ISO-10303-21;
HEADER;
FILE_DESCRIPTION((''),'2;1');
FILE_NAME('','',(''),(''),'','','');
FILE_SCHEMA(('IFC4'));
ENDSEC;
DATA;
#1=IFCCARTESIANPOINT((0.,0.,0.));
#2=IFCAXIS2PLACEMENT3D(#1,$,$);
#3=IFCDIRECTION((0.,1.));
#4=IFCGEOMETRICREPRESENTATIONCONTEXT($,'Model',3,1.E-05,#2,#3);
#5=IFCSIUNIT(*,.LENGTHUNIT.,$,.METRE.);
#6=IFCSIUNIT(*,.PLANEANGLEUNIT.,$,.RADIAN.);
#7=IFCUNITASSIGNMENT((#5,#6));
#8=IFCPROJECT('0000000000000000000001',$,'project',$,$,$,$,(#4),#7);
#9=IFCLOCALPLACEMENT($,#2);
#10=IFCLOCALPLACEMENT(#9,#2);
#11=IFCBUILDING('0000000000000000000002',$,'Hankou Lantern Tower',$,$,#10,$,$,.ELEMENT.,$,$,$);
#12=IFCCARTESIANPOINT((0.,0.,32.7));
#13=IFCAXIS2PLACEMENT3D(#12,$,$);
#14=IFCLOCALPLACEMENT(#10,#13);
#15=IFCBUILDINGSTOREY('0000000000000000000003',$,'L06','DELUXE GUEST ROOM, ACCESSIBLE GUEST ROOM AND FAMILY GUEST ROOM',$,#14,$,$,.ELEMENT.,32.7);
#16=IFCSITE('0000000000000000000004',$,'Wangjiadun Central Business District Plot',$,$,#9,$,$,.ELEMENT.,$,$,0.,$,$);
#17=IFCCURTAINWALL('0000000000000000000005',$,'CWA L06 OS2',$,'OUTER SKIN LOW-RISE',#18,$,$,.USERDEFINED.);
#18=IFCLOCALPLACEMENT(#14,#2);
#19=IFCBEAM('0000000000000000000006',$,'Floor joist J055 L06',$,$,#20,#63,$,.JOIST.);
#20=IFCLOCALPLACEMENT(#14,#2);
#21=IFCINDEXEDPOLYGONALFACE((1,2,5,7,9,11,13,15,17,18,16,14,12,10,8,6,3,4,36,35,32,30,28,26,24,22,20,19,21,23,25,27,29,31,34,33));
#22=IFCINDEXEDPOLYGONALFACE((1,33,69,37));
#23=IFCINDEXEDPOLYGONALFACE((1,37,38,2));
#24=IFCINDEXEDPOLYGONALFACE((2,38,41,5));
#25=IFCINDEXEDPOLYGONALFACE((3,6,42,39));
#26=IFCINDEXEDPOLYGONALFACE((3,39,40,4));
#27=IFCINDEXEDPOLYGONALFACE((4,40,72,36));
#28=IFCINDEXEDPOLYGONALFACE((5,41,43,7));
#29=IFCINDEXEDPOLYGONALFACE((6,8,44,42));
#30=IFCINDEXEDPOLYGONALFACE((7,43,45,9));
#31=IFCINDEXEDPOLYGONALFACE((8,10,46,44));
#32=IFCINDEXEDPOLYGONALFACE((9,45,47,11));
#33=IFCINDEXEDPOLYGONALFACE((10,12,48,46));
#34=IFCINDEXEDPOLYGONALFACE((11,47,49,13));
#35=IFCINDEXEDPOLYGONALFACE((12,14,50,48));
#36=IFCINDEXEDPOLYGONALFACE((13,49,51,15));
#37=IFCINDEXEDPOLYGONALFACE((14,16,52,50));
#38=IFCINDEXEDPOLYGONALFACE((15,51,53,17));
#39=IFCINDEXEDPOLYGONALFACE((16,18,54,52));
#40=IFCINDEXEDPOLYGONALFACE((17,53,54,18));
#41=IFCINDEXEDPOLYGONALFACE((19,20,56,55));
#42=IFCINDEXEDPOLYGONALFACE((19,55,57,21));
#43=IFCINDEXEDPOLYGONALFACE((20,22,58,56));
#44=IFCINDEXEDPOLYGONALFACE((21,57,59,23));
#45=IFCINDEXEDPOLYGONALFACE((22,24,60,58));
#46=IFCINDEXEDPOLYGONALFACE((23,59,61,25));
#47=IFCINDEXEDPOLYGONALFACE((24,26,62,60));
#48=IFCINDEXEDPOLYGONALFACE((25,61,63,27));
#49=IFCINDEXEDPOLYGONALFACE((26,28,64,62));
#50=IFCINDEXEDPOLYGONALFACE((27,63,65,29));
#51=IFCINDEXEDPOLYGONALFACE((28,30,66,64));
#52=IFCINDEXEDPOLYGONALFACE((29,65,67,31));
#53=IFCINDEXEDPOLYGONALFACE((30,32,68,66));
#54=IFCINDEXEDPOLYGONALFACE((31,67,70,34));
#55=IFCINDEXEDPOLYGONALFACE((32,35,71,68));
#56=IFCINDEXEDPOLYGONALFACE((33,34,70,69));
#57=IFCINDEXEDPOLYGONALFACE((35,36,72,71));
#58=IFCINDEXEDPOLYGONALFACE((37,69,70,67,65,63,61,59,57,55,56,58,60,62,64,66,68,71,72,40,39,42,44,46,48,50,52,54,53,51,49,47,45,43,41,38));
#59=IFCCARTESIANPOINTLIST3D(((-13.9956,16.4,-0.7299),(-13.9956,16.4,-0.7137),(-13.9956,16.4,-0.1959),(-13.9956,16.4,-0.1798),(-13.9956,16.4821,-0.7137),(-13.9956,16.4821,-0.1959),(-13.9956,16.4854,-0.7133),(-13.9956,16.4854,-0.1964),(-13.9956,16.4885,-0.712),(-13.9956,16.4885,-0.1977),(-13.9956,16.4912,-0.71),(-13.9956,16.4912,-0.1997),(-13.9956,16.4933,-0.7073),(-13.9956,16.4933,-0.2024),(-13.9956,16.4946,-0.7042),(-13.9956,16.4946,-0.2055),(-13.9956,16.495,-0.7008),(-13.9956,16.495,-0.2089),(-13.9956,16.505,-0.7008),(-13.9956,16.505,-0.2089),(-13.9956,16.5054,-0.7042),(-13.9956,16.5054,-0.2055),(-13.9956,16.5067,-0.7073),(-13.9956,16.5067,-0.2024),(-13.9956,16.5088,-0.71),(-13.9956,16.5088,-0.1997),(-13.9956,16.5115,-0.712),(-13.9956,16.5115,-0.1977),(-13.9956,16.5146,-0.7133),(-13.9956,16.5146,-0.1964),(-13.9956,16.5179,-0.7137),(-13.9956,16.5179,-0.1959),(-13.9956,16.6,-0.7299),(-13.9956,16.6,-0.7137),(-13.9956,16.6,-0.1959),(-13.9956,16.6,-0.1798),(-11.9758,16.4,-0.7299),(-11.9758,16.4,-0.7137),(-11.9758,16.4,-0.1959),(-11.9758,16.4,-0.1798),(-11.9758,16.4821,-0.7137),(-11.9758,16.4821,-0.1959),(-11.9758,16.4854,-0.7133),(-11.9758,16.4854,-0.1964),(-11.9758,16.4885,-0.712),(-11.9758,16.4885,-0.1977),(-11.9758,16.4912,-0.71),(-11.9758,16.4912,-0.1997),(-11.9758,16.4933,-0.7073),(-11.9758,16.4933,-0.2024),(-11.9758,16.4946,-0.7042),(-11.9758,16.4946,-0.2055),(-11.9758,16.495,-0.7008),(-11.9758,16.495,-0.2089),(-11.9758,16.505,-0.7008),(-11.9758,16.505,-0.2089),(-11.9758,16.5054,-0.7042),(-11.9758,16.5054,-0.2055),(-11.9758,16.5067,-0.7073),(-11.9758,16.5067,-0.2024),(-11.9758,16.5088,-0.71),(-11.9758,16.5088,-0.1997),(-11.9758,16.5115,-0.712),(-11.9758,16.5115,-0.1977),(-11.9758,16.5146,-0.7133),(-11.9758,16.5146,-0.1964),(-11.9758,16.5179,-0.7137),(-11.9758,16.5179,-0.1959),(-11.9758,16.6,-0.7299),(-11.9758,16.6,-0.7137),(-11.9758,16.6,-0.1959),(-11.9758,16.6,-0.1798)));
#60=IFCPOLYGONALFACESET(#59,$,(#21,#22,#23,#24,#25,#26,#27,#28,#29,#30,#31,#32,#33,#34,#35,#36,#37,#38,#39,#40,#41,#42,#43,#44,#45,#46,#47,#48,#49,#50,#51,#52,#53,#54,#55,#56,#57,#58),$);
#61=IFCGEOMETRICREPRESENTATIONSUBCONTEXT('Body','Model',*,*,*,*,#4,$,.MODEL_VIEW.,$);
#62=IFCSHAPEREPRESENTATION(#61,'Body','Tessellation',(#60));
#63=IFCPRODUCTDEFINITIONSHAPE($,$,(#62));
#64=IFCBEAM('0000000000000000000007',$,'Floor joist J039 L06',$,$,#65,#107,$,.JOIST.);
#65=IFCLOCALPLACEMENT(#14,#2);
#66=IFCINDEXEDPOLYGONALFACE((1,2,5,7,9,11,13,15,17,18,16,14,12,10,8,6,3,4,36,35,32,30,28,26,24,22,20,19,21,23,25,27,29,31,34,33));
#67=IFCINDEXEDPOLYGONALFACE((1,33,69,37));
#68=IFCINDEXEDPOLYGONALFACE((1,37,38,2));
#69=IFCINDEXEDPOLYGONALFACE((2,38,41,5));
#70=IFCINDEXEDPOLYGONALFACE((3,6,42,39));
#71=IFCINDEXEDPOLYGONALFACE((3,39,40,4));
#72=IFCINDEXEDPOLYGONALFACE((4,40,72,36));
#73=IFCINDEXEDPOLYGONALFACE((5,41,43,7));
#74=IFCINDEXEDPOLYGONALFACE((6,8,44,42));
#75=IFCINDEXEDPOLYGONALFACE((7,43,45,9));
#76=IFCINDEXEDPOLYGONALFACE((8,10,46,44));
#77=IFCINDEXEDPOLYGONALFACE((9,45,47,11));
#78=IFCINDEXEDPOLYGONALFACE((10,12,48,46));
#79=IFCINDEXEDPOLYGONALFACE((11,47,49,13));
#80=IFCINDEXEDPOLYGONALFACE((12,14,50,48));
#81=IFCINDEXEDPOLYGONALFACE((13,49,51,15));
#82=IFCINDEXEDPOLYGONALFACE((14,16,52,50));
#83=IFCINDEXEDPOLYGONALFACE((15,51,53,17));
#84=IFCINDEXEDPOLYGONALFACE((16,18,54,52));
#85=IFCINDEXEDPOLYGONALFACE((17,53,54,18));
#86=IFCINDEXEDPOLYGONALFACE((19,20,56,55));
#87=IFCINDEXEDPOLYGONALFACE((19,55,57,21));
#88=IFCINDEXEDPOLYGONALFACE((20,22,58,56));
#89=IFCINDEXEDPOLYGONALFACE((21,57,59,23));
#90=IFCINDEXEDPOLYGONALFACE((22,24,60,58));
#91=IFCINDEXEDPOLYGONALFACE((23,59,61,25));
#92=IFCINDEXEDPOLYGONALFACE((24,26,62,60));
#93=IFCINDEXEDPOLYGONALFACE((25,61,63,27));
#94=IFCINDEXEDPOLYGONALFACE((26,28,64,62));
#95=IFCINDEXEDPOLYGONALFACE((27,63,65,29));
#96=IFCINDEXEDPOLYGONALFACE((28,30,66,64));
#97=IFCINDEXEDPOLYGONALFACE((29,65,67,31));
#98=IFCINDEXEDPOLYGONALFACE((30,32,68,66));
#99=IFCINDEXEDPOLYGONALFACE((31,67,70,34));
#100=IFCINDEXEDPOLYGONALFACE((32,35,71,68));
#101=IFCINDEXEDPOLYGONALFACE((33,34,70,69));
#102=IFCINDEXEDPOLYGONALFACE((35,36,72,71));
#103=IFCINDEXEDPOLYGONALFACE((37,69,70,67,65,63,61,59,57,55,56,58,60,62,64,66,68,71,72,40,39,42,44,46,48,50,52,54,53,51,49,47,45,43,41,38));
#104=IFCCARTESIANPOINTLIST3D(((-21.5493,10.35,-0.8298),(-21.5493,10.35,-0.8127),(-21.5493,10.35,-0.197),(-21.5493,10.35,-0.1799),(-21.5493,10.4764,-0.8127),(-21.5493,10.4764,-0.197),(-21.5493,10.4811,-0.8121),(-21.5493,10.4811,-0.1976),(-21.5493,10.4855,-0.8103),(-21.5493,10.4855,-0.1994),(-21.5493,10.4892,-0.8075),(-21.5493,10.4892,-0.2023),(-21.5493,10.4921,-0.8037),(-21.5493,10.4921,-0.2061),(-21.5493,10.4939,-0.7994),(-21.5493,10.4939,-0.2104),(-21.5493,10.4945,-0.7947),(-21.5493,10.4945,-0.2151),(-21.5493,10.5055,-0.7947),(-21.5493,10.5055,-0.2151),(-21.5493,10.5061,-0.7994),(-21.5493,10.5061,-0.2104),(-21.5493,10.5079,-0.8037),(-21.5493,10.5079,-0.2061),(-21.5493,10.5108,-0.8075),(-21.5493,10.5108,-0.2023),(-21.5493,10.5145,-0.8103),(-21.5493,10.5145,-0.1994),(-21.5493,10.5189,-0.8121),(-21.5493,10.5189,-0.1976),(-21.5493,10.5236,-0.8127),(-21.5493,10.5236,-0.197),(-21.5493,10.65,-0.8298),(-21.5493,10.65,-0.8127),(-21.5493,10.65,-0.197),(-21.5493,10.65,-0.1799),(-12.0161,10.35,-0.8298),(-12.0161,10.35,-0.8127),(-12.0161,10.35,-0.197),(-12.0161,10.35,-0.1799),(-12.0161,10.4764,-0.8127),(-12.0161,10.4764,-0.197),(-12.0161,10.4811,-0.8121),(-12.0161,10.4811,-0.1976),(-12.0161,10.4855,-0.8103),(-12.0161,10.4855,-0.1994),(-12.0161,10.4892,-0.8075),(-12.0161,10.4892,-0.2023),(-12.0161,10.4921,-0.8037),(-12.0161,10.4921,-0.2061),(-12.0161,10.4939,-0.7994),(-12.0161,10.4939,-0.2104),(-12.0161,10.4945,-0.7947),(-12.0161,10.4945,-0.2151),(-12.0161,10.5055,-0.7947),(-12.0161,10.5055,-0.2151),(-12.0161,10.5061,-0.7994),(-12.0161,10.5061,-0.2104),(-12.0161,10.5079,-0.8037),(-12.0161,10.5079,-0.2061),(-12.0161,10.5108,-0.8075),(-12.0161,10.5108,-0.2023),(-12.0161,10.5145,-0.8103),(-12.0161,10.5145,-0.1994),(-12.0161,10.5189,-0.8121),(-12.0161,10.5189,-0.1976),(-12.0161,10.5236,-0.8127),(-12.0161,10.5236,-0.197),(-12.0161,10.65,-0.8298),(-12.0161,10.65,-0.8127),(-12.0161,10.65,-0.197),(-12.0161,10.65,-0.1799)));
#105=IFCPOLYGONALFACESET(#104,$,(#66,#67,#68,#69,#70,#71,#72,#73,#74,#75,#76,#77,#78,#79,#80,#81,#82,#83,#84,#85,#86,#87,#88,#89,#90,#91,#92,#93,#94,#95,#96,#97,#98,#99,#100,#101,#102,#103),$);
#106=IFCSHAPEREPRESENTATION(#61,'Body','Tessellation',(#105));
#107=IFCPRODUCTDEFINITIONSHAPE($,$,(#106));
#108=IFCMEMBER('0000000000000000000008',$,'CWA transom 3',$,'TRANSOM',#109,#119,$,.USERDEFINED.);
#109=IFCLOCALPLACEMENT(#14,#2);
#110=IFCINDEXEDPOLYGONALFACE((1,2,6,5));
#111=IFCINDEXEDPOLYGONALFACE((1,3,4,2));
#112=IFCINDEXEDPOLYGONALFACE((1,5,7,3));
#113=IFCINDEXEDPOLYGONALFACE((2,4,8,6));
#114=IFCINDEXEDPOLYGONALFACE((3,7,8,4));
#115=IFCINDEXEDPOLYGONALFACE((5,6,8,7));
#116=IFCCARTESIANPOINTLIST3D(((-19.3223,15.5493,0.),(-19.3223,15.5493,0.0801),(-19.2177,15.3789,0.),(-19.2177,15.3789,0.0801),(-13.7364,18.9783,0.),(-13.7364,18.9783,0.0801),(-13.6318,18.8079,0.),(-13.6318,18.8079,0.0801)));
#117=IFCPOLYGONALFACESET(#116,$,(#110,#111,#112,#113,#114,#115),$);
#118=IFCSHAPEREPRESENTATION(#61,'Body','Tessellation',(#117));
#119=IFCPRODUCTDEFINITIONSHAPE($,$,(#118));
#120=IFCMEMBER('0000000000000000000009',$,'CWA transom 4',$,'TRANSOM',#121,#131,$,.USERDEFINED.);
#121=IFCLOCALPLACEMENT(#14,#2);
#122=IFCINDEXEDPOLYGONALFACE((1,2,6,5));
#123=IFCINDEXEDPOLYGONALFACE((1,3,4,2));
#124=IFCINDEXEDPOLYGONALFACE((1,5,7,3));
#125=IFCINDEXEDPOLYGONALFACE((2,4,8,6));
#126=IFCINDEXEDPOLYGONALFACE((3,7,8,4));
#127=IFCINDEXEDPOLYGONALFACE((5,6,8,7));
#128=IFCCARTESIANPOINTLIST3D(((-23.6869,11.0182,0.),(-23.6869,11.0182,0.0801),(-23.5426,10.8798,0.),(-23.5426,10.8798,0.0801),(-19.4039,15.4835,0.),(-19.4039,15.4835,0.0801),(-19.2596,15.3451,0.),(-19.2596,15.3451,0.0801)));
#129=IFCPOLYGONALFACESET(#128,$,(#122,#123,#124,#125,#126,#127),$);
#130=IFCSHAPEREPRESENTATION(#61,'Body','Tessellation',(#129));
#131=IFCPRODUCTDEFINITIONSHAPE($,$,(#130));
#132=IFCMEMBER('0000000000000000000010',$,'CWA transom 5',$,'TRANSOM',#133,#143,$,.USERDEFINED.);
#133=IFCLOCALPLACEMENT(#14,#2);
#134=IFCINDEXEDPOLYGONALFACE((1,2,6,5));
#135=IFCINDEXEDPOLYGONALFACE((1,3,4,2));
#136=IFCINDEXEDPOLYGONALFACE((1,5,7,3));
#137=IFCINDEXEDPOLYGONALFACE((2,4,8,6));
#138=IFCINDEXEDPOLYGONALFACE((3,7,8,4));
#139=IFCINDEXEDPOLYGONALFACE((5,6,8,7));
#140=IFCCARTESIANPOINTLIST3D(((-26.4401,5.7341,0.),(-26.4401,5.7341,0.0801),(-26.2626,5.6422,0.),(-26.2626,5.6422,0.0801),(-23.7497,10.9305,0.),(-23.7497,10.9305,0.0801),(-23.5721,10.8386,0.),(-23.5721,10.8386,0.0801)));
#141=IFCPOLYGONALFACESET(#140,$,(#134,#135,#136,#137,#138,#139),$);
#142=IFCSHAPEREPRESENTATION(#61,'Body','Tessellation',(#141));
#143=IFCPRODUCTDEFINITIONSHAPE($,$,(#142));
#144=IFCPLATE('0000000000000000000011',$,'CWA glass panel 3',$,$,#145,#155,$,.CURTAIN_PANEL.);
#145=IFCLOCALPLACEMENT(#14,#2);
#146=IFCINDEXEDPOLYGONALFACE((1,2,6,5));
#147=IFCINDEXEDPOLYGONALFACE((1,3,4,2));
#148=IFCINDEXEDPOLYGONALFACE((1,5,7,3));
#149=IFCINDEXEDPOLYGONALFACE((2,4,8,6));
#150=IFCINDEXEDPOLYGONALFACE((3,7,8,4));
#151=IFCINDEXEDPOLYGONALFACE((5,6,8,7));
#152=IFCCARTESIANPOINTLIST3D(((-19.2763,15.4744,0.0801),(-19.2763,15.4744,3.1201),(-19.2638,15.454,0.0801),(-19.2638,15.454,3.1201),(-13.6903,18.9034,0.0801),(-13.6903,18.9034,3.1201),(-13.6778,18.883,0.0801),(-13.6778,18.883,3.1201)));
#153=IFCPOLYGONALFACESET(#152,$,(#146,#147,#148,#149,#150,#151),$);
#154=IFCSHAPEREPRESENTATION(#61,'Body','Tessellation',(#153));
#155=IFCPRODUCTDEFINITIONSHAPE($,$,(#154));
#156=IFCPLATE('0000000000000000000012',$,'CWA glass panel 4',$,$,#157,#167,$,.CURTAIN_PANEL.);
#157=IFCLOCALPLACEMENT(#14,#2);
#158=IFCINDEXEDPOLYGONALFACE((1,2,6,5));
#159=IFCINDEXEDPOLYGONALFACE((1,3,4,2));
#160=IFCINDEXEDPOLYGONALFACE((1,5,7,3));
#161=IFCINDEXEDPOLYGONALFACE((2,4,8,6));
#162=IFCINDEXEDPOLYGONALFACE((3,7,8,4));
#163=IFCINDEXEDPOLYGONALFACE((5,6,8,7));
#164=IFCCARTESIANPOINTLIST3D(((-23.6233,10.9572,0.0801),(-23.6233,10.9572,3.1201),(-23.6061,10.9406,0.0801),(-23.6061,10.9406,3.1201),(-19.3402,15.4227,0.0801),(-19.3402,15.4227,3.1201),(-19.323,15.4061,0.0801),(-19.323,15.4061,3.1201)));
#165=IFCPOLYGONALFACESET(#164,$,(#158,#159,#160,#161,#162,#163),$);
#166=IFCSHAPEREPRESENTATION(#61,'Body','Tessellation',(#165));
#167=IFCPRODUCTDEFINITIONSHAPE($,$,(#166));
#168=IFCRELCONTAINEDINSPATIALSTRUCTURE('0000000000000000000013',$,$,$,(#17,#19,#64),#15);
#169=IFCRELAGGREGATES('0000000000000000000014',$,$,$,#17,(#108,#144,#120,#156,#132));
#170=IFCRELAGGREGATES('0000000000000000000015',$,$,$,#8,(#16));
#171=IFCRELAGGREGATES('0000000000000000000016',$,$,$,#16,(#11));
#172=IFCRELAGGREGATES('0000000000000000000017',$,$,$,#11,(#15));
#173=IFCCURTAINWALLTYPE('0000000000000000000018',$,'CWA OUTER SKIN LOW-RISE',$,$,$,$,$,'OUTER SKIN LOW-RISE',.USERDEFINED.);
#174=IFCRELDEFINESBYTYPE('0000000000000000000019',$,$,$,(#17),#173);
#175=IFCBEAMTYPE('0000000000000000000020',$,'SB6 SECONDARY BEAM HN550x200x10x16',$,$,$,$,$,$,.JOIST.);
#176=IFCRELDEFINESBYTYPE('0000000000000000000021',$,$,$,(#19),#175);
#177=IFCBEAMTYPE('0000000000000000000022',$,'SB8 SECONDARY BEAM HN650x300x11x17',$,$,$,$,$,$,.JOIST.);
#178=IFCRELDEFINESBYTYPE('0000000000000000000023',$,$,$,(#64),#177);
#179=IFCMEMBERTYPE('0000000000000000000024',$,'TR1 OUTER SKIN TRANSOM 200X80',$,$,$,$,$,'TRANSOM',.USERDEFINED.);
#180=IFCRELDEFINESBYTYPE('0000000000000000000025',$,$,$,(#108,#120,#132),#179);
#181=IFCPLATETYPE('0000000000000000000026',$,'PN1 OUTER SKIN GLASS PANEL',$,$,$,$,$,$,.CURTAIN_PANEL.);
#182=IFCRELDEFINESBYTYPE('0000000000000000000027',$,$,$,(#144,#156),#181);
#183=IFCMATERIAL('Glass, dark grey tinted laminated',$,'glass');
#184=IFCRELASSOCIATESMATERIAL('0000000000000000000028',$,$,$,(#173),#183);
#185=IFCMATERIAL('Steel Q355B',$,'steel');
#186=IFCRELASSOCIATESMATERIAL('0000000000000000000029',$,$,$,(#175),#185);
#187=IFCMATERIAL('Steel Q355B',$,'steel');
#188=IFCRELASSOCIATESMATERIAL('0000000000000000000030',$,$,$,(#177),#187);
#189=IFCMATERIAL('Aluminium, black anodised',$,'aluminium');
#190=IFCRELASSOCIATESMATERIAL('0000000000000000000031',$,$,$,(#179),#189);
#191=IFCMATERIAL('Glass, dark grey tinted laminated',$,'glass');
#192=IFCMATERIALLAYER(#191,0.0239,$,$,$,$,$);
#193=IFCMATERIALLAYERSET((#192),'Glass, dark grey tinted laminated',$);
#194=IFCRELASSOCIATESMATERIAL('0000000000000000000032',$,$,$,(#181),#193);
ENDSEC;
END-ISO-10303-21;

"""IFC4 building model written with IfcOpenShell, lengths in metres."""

from ifc_helpers import new_model, si_unit, direction, frame, origin, origin_2d, place, context, subcontext, project, spatial, rectangle, i_section, extrude, material, layer, layer_set, material_profile, profile_set, type_object, element, aggregate, save


model = new_model("IFC4")

# Units and contexts
model_context = context("Model", 3, precision=1e-05, world=origin(), true_north=direction((0.0, 1.0)))
body_context = subcontext(model_context, "Body", "Model", "MODEL_VIEW")
ifc_project = project(units=[si_unit("LENGTHUNIT", "METRE"), si_unit("PLANEANGLEUNIT", "RADIAN")], contexts=[model_context])

# Site, building, storey
site_placement = place(None, origin())
site = spatial("IfcSite", under=ifc_project, at=site_placement, Name="Wangjiadun Central Business District Plot", CompositionType="ELEMENT", RefElevation=0.0)
building_placement = place(site_placement, origin())
building = spatial("IfcBuilding", under=site, at=building_placement, Name="Hankou Lantern Tower", CompositionType="ELEMENT")
storey_placement = place(building_placement, frame((0.0, 0.0, 32.7)))
storey = spatial("IfcBuildingStorey", under=building, at=storey_placement, Name="L06", Description="DELUXE GUEST ROOM, ACCESSIBLE GUEST ROOM AND FAMILY GUEST ROOM", CompositionType="ELEMENT", Elevation=32.7)

# Curtain wall
ifc_material_1 = material(Name="Glass, dark grey tinted laminated", Category="glass")
curtain_wall_type = type_object("IfcCurtainWallType", Name="CWA OUTER SKIN LOW-RISE", ElementType="OUTER SKIN LOW-RISE", PredefinedType="USERDEFINED", material=ifc_material_1)
curtain_wall_placement = place(storey_placement, origin())
curtain_wall = element("IfcCurtainWall", 1, at=curtain_wall_placement, inside=storey, type_object=curtain_wall_type, Name="CWA L06 OS2", ObjectType="OUTER SKIN LOW-RISE", PredefinedType="USERDEFINED")

# Beams
ifc_material_2 = material(Name="Steel Q355B", Category="steel")
ifc_material_profile_1 = material_profile(ifc_material_2, i_section(OverallWidth=0.2, OverallDepth=0.55, WebThickness=0.01, FlangeThickness=0.0161, FilletRadius=0.0129, at=origin_2d()), Name="HN550x200x10x16")
ifc_profile_set_1 = profile_set([ifc_material_profile_1], Name="Steel Q355B")
beam_type_1 = type_object("IfcBeamType", Name="SB6 SECONDARY BEAM HN550x200x10x16", PredefinedType="JOIST", material=ifc_profile_set_1)
beam_1_placement = place(storey_placement, frame((-13.9956, 16.5, -0.4548), z_axis=(1.0, 0.0, 0.0), x_axis=(0.0, 1.0, 0.0)))
element("IfcBeam", 2, at=beam_1_placement, inside=storey, type_object=beam_type_1, Name="Floor joist J055 L06", PredefinedType="JOIST", context=body_context, shape_type="SweptSolid", body=[
    extrude(i_section(OverallWidth=0.2, OverallDepth=0.55, WebThickness=0.01, FlangeThickness=0.0161, FilletRadius=0.0129, at=origin_2d()), origin(), (0.0, 0.0, 1.0), 2.0198),
])
ifc_material_3 = material(Name="Steel Q355B", Category="steel")
ifc_material_profile_2 = material_profile(ifc_material_3, i_section(OverallWidth=0.3, OverallDepth=0.6499, WebThickness=0.011, FlangeThickness=0.0171, FilletRadius=0.0181, at=origin_2d()), Name="HN650x300x11x17")
ifc_profile_set_2 = profile_set([ifc_material_profile_2], Name="Steel Q355B")
beam_type_2 = type_object("IfcBeamType", Name="SB8 SECONDARY BEAM HN650x300x11x17", PredefinedType="JOIST", material=ifc_profile_set_2)
beam_2_placement = place(storey_placement, frame((-21.5493, 10.5, -0.5049), z_axis=(1.0, 0.0, 0.0), x_axis=(0.0, 1.0, 0.0)))
element("IfcBeam", 3, at=beam_2_placement, inside=storey, type_object=beam_type_2, Name="Floor joist J039 L06", PredefinedType="JOIST", context=body_context, shape_type="SweptSolid", body=[
    extrude(i_section(OverallWidth=0.3, OverallDepth=0.6499, WebThickness=0.011, FlangeThickness=0.0171, FilletRadius=0.0181, at=origin_2d()), origin(), (0.0, 0.0, 1.0), 9.5332),
])

# Members
ifc_material_4 = material(Name="Aluminium, black anodised", Category="aluminium")
ifc_material_profile_3 = material_profile(ifc_material_4, rectangle(XDim=0.2, YDim=0.0801, at=origin_2d()), Name="TR1 200X80")
ifc_profile_set_3 = profile_set([ifc_material_profile_3], Name="Aluminium, black anodised")
member_type_1 = type_object("IfcMemberType", Name="TR1 OUTER SKIN TRANSOM 200X80", ElementType="TRANSOM", PredefinedType="USERDEFINED", material=ifc_profile_set_3)
member_1_placement = place(storey_placement, frame((-13.6841, 18.8931, 0.04), z_axis=(-0.85224, -0.523152, 0.0), x_axis=(0.523152, -0.85224, 0.0)))
member_1 = element("IfcMember", 4, at=member_1_placement, type_object=member_type_1, Name="CWA transom 3", ObjectType="TRANSOM", PredefinedType="USERDEFINED", context=body_context, shape_type="SweptSolid", body=[
    extrude(rectangle(XDim=0.2, YDim=0.0801, at=origin_2d()), origin(), (0.0, 0.0, 1.0), 6.5544),
])
member_2_placement = place(storey_placement, frame((-19.3318, 15.4143, 0.04), z_axis=(-0.692216, -0.721691, 0.0), x_axis=(0.721691, -0.692216, 0.0)))
member_2 = element("IfcMember", 5, at=member_2_placement, type_object=member_type_1, Name="CWA transom 4", ObjectType="TRANSOM", PredefinedType="USERDEFINED", context=body_context, shape_type="SweptSolid", body=[
    extrude(rectangle(XDim=0.2, YDim=0.0801, at=origin_2d()), origin(), (0.0, 0.0, 1.0), 6.1873),
])
member_3_placement = place(storey_placement, frame((-23.6609, 10.8845, 0.04), z_axis=(-0.459786, -0.88803, 0.0), x_axis=(0.88803, -0.459786, 0.0)))
member_3 = element("IfcMember", 6, at=member_3_placement, type_object=member_type_1, Name="CWA transom 5", ObjectType="TRANSOM", PredefinedType="USERDEFINED", context=body_context, shape_type="SweptSolid", body=[
    extrude(rectangle(XDim=0.2, YDim=0.0801, at=origin_2d()), origin(), (0.0, 0.0, 1.0), 5.8516),
])

# Plates
ifc_material_5 = material(Name="Glass, dark grey tinted laminated", Category="glass")
ifc_layer_1 = layer(ifc_material_5, 0.0239)
ifc_layer_set_1 = layer_set([ifc_layer_1], Name="Glass, dark grey tinted laminated")
plate_type = type_object("IfcPlateType", Name="PN1 OUTER SKIN GLASS PANEL", PredefinedType="CURTAIN_PANEL", material=ifc_layer_set_1)
plate_1_placement = place(storey_placement, frame((-16.4771, 17.1787, 0.0801), z_axis=(0.0, 0.0, 1.0), x_axis=(-0.852237, -0.523156, 0.0)))
plate_1 = element("IfcPlate", 7, at=plate_1_placement, type_object=plate_type, Name="CWA glass panel 3", PredefinedType="CURTAIN_PANEL", context=body_context, shape_type="SweptSolid", body=[
    extrude(rectangle(XDim=6.5544, YDim=0.0239, at=origin_2d()), origin(), (0.0, 0.0, 1.0), 3.04),
])
plate_2_placement = place(storey_placement, frame((-21.4731, 13.1816, 0.0801), z_axis=(0.0, 0.0, 1.0), x_axis=(-0.692216, -0.721691, 0.0)))
plate_2 = element("IfcPlate", 8, at=plate_2_placement, type_object=plate_type, Name="CWA glass panel 4", PredefinedType="CURTAIN_PANEL", context=body_context, shape_type="SweptSolid", body=[
    extrude(rectangle(XDim=6.1875, YDim=0.0239, at=origin_2d()), origin(), (0.0, 0.0, 1.0), 3.04),
])
aggregate(curtain_wall, [member_1, plate_1, member_2, plate_2, member_3])

save(model, "model.ifc")
